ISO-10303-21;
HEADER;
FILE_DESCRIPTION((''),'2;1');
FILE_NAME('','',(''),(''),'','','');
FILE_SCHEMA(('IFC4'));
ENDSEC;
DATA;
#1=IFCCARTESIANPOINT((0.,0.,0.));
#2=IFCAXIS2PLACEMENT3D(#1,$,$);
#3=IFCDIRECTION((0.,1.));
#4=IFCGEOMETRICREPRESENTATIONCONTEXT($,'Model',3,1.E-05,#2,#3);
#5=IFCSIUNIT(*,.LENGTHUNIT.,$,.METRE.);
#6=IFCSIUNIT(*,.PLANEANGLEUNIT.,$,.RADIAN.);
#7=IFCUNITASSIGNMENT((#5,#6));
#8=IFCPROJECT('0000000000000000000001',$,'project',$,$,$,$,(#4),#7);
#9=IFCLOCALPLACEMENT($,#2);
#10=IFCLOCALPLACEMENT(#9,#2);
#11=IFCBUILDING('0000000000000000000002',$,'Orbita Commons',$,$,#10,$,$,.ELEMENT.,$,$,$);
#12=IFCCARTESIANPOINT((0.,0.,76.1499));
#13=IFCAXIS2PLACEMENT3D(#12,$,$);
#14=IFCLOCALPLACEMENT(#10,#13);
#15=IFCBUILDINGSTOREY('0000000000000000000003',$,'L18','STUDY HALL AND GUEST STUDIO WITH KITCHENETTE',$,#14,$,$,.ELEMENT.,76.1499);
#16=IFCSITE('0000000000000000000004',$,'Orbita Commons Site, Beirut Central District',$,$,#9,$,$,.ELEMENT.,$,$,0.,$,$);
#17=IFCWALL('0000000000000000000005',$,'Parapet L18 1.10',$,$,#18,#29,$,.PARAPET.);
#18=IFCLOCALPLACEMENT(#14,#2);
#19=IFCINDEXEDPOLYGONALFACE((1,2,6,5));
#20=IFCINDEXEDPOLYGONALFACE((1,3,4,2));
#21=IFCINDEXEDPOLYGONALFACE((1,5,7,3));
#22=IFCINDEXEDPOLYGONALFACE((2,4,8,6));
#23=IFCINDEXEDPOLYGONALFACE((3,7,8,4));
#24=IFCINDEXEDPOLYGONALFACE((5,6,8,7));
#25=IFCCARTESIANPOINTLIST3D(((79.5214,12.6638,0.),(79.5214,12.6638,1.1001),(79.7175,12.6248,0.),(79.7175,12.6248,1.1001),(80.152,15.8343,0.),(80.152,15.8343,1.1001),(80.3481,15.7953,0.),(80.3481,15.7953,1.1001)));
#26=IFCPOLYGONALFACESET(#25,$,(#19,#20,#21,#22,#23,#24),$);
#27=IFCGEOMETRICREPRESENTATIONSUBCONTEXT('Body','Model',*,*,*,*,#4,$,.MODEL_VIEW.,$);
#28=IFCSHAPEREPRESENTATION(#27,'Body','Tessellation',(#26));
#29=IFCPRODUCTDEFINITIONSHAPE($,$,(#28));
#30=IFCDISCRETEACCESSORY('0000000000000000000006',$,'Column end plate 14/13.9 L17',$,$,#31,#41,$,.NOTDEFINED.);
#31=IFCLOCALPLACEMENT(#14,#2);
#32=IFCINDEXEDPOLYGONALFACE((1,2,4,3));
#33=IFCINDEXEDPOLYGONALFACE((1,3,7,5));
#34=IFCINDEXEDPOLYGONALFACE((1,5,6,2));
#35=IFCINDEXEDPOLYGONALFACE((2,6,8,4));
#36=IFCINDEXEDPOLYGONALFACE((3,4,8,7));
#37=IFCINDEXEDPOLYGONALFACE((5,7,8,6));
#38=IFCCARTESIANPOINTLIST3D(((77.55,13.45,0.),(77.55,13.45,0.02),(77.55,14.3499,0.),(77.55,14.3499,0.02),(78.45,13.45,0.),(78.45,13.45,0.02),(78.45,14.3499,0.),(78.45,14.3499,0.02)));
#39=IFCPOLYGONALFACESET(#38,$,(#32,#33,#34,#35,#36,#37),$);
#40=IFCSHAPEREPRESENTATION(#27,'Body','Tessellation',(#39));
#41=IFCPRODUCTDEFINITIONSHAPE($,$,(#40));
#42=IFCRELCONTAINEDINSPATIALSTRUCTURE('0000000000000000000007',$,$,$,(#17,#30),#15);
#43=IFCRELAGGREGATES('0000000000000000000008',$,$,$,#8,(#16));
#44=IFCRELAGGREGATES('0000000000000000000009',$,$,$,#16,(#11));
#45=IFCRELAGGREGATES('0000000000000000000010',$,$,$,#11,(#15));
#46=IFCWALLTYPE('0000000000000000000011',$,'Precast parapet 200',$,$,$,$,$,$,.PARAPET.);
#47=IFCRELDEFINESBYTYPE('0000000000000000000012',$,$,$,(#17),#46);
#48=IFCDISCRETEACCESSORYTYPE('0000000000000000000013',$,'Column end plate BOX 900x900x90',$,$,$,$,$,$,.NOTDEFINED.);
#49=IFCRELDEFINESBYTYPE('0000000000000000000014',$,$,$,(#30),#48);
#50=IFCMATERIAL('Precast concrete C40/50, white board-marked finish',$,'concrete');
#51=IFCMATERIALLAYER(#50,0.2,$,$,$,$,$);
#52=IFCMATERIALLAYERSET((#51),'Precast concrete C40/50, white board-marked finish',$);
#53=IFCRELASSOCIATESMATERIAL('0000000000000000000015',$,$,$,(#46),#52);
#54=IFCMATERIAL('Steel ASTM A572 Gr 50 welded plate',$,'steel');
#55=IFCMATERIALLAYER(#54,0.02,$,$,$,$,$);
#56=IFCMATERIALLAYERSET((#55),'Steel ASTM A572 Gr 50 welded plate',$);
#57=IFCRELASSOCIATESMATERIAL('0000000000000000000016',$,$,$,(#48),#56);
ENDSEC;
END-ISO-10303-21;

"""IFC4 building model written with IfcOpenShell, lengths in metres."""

from ifc_helpers import new_model, si_unit, direction, frame, frame_2d, origin, origin_2d, place, context, subcontext, project, spatial, rectangle, extrude, material, layer, layer_set, type_object, element, save


model = new_model("IFC4")

# Units and contexts
model_context = context("Model", 3, precision=1e-05, world=origin(), true_north=direction((0.0, 1.0)))
body_context = subcontext(model_context, "Body", "Model", "MODEL_VIEW")
ifc_project = project(units=[si_unit("LENGTHUNIT", "METRE"), si_unit("PLANEANGLEUNIT", "RADIAN")], contexts=[model_context])

# Site, building, storey
site_placement = place(None, origin())
site = spatial("IfcSite", under=ifc_project, at=site_placement, Name="Orbita Commons Site, Beirut Central District", CompositionType="ELEMENT", RefElevation=0.0)
building_placement = place(site_placement, origin())
building = spatial("IfcBuilding", under=site, at=building_placement, Name="Orbita Commons", CompositionType="ELEMENT")
storey_placement = place(building_placement, frame((0.0, 0.0, 76.1499)))
storey = spatial("IfcBuildingStorey", under=building, at=storey_placement, Name="L18", Description="STUDY HALL AND GUEST STUDIO WITH KITCHENETTE", CompositionType="ELEMENT", Elevation=76.1499)

# Wall
ifc_material_1 = material(Name="Precast concrete C40/50, white board-marked finish", Category="concrete")
ifc_layer_1 = layer(ifc_material_1, 0.2)
ifc_layer_set_1 = layer_set([ifc_layer_1], Name="Precast concrete C40/50, white board-marked finish")
wall_type_1 = type_object("IfcWallType", Name="Precast parapet 200", PredefinedType="PARAPET", material=ifc_layer_set_1)
wall_1_placement = place(storey_placement, frame((80.25, 15.8147, 0.0), z_axis=(0.0, 0.0, 1.0), x_axis=(-0.19507, -0.980789, 0.0)))
element("IfcWall", 1, at=wall_1_placement, inside=storey, type_object=wall_type_1, Name="Parapet L18 1.10", PredefinedType="PARAPET", context=body_context, shape_type="SweptSolid", body=[
    extrude(rectangle(XDim=3.2327, YDim=0.2, at=frame_2d((1.6162, 0.0))), origin(), (0.0, 0.0, 1.0), 1.1001),
])

# Discrete accessory
ifc_material_2 = material(Name="Steel ASTM A572 Gr 50 welded plate", Category="steel")
ifc_layer_2 = layer(ifc_material_2, 0.02)
ifc_layer_set_2 = layer_set([ifc_layer_2], Name="Steel ASTM A572 Gr 50 welded plate")
discrete_accessory_type = type_object("IfcDiscreteAccessoryType", Name="Column end plate BOX 900x900x90", PredefinedType="NOTDEFINED", material=ifc_layer_set_2)
discrete_accessory_placement = place(storey_placement, frame((78.0, 13.8999, 0.0), z_axis=(0.0, 0.0, 1.0), x_axis=(1.0, 0.0, 0.0)))
element("IfcDiscreteAccessory", 2, at=discrete_accessory_placement, inside=storey, type_object=discrete_accessory_type, Name="Column end plate 14/13.9 L17", PredefinedType="NOTDEFINED", context=body_context, shape_type="SweptSolid", body=[
    extrude(rectangle(XDim=0.8999, YDim=0.8999, at=origin_2d()), origin(), (0.0, 0.0, 1.0), 0.02),
])

save(model, "model.ifc")
